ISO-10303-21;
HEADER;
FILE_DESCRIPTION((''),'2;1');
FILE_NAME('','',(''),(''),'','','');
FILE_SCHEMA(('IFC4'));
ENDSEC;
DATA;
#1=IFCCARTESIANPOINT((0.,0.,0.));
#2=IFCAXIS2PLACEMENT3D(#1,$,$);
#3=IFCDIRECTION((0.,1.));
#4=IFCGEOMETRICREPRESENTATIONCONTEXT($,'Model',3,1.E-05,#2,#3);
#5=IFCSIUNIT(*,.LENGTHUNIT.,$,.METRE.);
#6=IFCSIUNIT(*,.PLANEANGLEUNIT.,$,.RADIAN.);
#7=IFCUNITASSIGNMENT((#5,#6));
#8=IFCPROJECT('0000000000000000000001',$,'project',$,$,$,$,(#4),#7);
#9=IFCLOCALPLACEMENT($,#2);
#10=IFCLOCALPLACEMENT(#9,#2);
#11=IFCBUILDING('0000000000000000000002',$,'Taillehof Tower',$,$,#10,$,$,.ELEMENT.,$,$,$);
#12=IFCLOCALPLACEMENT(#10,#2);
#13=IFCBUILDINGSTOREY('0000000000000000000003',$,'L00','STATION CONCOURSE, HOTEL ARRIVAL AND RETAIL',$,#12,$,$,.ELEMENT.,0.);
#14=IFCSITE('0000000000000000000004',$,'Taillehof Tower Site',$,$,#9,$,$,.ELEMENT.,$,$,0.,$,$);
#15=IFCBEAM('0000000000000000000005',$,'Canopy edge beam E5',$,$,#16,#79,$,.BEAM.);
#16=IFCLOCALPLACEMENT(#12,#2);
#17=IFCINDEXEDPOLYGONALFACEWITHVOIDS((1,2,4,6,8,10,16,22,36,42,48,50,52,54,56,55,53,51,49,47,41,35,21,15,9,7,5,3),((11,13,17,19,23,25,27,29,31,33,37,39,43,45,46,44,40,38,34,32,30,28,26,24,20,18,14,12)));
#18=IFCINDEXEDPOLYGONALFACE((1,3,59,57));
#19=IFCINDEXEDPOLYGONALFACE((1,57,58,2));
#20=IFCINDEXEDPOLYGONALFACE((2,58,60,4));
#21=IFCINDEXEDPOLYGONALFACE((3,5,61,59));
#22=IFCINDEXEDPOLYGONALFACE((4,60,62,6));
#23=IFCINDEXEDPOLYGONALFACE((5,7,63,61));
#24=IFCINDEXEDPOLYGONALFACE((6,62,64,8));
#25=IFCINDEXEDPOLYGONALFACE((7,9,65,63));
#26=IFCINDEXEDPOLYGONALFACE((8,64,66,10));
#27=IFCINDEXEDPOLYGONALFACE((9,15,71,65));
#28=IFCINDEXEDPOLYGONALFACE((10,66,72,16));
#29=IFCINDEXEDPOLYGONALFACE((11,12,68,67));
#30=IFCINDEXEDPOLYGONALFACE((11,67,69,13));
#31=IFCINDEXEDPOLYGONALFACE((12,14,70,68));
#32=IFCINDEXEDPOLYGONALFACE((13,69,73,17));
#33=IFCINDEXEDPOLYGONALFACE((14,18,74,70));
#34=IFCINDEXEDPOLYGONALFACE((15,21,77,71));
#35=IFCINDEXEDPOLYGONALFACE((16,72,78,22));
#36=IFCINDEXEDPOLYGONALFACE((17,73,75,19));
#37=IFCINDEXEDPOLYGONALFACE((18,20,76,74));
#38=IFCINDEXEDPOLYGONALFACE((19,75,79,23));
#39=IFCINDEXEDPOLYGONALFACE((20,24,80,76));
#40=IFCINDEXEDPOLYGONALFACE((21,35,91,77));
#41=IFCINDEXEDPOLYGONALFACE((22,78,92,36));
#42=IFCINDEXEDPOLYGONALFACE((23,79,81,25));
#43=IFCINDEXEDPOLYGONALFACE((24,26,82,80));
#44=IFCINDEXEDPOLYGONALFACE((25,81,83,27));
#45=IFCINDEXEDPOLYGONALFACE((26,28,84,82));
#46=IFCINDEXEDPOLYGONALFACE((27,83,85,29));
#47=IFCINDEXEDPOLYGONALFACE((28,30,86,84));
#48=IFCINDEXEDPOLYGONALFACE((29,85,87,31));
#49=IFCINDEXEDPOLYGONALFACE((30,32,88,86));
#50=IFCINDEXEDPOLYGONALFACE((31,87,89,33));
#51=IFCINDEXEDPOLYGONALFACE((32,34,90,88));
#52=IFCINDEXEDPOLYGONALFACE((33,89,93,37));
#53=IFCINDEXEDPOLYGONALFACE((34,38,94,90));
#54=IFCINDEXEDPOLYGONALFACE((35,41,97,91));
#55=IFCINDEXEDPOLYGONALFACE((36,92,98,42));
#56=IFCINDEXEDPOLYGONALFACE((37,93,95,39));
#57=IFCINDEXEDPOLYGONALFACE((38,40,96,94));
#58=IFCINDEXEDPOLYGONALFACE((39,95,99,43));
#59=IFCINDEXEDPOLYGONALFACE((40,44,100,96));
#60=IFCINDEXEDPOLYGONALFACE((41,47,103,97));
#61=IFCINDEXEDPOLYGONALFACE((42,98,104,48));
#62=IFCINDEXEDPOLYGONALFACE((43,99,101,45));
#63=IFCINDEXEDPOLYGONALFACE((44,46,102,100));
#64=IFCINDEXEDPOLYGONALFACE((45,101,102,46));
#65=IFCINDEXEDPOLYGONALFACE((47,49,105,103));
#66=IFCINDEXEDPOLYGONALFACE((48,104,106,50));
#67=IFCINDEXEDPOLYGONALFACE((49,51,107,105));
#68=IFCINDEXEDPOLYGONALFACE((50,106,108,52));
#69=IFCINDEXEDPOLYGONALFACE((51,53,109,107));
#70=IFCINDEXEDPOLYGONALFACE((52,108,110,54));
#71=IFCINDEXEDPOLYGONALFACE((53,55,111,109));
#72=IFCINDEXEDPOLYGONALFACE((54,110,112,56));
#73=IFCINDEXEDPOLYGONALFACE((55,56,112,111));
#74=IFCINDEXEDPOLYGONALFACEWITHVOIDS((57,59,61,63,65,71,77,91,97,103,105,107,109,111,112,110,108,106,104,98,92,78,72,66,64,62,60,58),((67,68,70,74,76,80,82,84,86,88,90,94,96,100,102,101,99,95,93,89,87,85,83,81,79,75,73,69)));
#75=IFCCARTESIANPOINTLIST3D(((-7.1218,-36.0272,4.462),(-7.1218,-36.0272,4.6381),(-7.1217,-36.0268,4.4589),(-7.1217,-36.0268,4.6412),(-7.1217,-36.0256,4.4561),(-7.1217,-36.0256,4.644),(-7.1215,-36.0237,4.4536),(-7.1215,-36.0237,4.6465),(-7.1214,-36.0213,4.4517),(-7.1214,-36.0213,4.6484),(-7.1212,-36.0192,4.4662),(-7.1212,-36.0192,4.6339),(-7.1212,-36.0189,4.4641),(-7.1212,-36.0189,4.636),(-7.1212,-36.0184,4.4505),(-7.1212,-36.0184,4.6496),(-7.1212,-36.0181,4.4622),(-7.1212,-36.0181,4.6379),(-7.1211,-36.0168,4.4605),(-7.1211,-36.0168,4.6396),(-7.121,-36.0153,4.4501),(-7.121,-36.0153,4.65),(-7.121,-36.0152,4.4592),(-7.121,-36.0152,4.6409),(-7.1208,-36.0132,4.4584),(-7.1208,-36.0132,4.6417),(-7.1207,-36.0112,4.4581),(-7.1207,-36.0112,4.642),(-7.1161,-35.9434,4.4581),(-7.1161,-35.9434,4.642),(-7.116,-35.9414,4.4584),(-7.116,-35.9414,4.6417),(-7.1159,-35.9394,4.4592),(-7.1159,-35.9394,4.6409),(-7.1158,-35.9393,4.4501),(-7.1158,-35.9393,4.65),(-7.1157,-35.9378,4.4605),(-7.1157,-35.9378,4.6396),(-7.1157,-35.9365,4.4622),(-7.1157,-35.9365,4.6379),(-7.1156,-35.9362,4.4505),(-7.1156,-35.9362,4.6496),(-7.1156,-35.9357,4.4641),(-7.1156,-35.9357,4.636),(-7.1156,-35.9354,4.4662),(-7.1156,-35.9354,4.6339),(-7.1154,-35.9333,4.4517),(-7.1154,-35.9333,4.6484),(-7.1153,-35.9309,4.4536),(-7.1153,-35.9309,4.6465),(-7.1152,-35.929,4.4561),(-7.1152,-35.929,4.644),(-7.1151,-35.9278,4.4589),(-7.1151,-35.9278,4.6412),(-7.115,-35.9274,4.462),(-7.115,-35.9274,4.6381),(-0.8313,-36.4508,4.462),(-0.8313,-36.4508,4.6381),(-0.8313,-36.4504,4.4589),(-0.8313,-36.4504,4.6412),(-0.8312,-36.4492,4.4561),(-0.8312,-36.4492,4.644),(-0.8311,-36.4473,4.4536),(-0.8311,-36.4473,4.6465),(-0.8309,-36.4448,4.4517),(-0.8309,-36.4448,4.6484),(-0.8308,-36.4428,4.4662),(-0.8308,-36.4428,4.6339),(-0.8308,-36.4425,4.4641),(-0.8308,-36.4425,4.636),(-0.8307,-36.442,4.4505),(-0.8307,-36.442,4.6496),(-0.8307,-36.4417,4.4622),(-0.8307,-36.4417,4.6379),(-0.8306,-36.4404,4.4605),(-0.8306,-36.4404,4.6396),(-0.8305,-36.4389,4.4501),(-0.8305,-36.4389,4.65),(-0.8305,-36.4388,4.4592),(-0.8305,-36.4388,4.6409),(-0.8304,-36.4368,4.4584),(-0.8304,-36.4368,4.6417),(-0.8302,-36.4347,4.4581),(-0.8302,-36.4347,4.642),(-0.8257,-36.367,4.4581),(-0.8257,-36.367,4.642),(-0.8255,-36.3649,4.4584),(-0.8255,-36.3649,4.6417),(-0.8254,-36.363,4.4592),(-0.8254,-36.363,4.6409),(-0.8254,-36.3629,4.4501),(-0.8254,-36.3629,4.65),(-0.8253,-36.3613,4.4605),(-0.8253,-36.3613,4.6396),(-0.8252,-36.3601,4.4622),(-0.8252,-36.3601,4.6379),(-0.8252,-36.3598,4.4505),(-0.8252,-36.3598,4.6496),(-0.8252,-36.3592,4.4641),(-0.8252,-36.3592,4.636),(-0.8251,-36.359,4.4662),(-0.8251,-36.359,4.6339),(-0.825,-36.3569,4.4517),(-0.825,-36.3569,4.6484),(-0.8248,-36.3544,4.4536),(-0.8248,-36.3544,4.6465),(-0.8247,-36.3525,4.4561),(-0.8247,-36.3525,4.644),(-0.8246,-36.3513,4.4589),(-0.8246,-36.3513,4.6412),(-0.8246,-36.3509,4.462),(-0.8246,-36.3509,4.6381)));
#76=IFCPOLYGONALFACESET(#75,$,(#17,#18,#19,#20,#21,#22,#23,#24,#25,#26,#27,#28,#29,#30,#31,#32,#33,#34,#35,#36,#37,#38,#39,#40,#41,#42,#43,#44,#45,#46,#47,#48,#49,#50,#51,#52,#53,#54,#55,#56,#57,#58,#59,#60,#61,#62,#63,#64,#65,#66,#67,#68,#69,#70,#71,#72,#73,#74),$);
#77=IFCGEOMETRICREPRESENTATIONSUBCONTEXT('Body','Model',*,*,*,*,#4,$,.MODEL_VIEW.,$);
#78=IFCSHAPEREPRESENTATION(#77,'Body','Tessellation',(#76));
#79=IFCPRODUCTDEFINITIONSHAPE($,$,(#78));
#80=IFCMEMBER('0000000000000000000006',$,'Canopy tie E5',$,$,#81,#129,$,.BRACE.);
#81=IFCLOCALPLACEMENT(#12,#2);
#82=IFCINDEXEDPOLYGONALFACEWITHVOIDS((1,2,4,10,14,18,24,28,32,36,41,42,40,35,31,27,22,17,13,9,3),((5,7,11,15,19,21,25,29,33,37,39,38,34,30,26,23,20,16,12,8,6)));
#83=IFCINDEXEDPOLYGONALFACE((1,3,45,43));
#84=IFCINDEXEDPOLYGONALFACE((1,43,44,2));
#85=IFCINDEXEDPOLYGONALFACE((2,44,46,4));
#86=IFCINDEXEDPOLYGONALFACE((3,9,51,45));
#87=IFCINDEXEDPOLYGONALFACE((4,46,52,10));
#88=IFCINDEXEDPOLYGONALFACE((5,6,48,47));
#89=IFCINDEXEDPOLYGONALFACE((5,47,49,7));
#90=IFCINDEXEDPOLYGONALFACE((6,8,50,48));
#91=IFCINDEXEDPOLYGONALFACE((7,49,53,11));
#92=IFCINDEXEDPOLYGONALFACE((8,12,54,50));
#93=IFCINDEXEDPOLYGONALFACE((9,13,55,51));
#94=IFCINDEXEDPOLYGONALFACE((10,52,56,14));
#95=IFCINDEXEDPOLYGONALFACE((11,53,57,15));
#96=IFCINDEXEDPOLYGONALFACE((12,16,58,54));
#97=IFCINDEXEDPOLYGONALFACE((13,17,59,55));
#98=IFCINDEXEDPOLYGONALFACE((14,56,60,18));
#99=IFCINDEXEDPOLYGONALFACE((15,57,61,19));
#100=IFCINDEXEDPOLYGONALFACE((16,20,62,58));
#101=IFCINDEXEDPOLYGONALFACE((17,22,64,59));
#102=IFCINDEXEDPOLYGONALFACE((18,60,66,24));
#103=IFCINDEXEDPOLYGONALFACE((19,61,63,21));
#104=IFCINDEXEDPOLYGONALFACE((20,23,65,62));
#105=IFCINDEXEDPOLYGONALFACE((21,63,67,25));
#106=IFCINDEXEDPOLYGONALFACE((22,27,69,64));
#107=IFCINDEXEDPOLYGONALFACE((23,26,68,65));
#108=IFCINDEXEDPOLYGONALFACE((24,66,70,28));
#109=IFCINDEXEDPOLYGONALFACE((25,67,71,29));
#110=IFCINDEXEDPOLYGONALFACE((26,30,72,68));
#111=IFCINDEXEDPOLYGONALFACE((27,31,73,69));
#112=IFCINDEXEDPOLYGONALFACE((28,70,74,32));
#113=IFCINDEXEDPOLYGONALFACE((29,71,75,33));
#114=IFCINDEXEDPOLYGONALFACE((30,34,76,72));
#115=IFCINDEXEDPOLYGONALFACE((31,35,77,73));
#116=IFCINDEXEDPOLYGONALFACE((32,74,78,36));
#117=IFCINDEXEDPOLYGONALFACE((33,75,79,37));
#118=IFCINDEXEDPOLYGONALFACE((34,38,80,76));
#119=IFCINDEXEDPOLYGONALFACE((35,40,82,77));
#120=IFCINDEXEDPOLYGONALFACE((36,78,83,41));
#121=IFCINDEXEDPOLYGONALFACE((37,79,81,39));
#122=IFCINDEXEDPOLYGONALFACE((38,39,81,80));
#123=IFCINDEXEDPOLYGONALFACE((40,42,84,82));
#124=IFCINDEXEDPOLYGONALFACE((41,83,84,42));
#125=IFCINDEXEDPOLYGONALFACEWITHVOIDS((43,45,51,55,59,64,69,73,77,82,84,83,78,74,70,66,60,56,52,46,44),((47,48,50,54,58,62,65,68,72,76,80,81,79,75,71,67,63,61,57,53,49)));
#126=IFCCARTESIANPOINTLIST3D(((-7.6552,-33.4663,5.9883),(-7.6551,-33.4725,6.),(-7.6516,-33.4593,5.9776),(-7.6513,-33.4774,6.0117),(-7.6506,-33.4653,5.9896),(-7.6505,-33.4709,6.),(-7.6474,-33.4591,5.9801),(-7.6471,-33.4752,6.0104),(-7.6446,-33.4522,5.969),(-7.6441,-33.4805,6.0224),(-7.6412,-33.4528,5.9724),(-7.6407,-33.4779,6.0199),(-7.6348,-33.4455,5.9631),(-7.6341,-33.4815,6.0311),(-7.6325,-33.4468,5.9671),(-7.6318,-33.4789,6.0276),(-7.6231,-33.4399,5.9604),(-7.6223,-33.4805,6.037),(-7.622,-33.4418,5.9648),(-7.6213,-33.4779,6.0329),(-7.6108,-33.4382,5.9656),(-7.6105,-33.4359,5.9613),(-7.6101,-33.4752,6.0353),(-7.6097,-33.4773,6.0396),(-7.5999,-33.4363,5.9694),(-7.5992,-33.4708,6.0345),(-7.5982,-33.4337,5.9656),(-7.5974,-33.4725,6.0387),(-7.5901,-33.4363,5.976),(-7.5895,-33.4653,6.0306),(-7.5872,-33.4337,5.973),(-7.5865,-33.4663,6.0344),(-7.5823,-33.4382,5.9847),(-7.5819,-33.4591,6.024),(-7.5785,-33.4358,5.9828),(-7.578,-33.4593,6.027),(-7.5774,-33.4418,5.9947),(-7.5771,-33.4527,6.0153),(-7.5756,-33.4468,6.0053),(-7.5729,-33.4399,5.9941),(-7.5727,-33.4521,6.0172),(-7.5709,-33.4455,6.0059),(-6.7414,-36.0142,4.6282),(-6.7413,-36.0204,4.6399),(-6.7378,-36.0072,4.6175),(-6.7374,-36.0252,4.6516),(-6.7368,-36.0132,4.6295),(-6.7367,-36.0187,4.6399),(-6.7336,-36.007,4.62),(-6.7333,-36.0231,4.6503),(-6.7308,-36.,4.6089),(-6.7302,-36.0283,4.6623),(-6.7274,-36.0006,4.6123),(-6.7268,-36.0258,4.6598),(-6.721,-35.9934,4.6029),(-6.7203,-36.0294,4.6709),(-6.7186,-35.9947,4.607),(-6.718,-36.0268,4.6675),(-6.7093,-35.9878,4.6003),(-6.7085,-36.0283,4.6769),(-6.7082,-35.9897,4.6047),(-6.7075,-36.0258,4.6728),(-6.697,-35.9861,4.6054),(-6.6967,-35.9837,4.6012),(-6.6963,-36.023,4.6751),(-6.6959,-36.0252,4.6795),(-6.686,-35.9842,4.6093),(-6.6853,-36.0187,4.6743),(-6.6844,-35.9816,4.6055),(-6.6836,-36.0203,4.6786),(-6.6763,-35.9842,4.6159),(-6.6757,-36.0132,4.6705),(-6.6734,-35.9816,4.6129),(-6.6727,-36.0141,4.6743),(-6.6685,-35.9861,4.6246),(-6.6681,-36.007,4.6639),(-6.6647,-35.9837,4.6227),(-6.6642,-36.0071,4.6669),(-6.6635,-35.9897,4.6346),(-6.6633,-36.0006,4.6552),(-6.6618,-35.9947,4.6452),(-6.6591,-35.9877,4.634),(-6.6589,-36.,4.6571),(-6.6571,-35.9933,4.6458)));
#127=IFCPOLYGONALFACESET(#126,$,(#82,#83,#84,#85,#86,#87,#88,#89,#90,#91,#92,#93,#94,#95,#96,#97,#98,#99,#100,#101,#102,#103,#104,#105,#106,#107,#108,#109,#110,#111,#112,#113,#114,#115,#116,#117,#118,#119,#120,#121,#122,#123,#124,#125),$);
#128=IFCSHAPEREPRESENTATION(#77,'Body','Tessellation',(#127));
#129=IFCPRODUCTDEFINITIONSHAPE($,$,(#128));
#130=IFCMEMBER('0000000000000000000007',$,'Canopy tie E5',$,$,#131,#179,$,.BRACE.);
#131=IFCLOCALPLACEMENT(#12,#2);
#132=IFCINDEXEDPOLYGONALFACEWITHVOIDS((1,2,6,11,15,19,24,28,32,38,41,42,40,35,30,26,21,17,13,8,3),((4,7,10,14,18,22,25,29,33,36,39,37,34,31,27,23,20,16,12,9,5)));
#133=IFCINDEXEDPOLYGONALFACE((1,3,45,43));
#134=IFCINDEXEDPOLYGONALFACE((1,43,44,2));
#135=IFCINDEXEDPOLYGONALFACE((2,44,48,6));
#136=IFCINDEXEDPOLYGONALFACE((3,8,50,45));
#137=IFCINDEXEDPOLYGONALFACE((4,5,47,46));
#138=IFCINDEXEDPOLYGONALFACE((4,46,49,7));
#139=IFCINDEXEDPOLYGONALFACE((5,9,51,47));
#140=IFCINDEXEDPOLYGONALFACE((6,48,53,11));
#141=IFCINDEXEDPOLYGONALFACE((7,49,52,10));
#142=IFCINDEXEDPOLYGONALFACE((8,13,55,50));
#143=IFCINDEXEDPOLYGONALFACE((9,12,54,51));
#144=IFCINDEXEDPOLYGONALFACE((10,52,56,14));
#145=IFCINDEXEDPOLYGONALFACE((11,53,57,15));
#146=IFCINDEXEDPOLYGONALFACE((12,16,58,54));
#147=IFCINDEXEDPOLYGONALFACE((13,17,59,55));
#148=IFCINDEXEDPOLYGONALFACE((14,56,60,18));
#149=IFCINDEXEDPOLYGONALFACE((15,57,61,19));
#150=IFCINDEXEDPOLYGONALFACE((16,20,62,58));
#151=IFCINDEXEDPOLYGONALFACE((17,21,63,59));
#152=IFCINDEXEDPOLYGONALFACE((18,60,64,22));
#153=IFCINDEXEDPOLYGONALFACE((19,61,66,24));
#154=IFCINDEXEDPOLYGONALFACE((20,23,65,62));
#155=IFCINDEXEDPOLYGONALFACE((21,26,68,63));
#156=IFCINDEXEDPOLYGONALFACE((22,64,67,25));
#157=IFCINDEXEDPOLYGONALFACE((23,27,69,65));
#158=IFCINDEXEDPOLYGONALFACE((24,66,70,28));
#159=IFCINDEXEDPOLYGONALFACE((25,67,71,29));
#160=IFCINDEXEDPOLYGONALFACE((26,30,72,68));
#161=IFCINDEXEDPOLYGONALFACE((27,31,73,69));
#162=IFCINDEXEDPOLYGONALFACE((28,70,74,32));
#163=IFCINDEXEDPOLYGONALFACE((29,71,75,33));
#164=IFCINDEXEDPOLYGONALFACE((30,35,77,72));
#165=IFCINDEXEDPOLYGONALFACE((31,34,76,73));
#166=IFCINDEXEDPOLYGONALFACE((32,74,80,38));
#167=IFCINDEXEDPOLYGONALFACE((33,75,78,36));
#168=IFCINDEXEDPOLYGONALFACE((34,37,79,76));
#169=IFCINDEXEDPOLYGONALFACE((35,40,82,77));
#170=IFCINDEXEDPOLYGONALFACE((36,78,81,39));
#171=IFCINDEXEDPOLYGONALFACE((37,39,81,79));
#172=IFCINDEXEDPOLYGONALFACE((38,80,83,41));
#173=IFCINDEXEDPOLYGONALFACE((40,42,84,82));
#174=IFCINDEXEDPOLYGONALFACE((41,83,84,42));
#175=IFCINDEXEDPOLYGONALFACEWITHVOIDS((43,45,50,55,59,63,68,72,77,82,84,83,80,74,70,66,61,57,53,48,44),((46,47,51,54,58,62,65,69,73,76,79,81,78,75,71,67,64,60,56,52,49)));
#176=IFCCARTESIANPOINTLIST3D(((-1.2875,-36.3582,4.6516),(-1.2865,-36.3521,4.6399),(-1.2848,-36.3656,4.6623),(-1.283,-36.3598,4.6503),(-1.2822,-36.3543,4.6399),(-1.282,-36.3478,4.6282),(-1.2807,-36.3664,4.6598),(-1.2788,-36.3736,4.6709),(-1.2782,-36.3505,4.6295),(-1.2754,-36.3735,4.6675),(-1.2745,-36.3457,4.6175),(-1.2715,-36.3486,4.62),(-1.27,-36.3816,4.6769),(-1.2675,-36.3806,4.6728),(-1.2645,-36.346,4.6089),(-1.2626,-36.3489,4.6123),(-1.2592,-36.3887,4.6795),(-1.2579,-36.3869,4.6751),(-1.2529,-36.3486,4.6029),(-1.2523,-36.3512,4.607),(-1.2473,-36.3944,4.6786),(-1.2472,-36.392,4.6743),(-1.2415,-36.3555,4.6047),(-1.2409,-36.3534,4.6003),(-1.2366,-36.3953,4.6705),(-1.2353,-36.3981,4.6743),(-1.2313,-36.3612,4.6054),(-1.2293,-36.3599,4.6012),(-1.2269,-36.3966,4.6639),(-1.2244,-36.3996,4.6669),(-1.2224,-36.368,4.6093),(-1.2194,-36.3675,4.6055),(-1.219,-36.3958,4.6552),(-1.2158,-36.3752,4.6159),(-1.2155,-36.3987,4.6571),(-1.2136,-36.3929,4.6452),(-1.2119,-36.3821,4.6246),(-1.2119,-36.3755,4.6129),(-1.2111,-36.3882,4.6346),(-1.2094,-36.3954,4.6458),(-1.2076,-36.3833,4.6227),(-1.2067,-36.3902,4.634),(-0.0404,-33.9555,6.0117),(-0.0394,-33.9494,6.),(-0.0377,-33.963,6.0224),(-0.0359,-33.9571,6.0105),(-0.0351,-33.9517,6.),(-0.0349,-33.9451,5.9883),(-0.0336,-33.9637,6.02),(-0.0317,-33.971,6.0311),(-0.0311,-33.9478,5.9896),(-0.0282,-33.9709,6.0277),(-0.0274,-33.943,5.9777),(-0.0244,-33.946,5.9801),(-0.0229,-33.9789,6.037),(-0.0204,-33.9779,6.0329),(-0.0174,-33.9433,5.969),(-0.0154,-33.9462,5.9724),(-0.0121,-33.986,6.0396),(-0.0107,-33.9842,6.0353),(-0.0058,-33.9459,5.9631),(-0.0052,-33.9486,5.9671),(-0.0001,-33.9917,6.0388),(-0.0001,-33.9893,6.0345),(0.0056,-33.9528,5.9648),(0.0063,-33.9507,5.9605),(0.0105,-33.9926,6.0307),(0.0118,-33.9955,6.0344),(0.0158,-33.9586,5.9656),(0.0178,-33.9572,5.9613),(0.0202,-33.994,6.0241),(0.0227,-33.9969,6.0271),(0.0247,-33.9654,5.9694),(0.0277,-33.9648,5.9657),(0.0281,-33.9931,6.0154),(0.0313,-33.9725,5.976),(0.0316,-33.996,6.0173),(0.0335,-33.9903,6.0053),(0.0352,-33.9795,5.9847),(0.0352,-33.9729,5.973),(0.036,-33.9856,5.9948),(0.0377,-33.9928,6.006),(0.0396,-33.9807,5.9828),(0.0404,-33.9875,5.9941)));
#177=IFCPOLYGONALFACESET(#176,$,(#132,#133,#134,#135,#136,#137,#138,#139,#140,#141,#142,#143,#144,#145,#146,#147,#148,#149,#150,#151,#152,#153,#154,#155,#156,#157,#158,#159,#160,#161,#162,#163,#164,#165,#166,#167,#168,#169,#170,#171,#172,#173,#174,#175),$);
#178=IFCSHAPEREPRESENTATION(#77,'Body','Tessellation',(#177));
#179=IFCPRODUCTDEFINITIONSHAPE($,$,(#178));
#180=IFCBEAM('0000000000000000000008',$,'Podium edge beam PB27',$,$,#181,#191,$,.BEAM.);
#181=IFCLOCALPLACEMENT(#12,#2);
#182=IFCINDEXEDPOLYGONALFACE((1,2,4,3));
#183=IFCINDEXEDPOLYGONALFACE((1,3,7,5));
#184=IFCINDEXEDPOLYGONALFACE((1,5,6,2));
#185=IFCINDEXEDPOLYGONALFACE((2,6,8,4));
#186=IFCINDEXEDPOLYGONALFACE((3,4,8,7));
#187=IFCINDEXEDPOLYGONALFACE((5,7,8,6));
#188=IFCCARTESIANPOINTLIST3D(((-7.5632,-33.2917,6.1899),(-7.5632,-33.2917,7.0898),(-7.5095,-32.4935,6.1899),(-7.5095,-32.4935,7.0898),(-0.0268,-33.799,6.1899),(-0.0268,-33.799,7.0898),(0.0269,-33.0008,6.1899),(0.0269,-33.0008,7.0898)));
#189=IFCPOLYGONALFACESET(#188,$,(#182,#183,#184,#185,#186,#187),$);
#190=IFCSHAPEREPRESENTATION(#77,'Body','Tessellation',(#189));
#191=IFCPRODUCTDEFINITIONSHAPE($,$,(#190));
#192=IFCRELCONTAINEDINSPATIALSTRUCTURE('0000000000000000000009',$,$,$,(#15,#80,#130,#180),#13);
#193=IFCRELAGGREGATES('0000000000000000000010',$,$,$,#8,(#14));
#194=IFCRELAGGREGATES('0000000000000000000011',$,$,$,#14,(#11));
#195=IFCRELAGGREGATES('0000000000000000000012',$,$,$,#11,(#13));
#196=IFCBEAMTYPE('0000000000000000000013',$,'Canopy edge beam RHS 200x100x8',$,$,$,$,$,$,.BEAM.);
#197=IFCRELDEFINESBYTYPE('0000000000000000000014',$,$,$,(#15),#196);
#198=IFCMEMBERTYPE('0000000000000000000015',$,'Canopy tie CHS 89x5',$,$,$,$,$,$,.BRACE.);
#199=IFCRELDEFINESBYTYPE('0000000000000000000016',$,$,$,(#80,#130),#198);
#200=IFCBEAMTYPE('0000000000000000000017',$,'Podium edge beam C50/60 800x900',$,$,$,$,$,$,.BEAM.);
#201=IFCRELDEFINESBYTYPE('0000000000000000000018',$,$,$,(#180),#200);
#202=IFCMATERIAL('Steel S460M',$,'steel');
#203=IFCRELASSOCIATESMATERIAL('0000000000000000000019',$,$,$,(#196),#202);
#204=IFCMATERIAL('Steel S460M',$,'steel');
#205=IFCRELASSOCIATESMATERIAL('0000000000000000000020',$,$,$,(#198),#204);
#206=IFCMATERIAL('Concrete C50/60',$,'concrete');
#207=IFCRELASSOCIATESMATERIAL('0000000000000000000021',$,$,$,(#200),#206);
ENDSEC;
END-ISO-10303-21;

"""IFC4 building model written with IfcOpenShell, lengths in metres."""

from ifc_helpers import new_model, si_unit, direction, frame, origin, origin_2d, place, context, subcontext, project, spatial, rectangle, hollow_rectangle, hollow_circle, extrude, material, material_profile, profile_set, type_object, element, save


model = new_model("IFC4")

# Units and contexts
model_context = context("Model", 3, precision=1e-05, world=origin(), true_north=direction((0.0, 1.0)))
body_context = subcontext(model_context, "Body", "Model", "MODEL_VIEW")
ifc_project = project(units=[si_unit("LENGTHUNIT", "METRE"), si_unit("PLANEANGLEUNIT", "RADIAN")], contexts=[model_context])

# Site, building, storey
site_placement = place(None, origin())
site = spatial("IfcSite", under=ifc_project, at=site_placement, Name="Taillehof Tower Site", CompositionType="ELEMENT", RefElevation=0.0)
building_placement = place(site_placement, origin())
building = spatial("IfcBuilding", under=site, at=building_placement, Name="Taillehof Tower", CompositionType="ELEMENT")
storey_placement = place(building_placement, origin())
storey = spatial("IfcBuildingStorey", under=building, at=storey_placement, Name="L00", Description="STATION CONCOURSE, HOTEL ARRIVAL AND RETAIL", CompositionType="ELEMENT", Elevation=0.0)

# Beam
ifc_material_1 = material(Name="Steel S460M", Category="steel")
ifc_material_profile_1 = material_profile(ifc_material_1, hollow_rectangle(XDim=0.1001, YDim=0.2, WallThickness=0.0081, InnerFilletRadius=0.0081, OuterFilletRadius=0.012, at=origin_2d()), Name="RHS 200x100x8")
ifc_profile_set_1 = profile_set([ifc_material_profile_1], Name="Steel S460M")
beam_type_1 = type_object("IfcBeamType", Name="Canopy edge beam RHS 200x100x8", PredefinedType="BEAM", material=ifc_profile_set_1)
beam_1_placement = place(storey_placement, frame((-7.1184, -35.9773, 4.55), z_axis=(0.997741, -0.067185, 0.0), x_axis=(0.067185, 0.997741, 0.0)))
element("IfcBeam", 1, at=beam_1_placement, inside=storey, type_object=beam_type_1, Name="Canopy edge beam E5", PredefinedType="BEAM", context=body_context, shape_type="SweptSolid", body=[
    extrude(hollow_rectangle(XDim=0.1001, YDim=0.2, WallThickness=0.0081, InnerFilletRadius=0.0081, OuterFilletRadius=0.012, at=origin_2d()), origin(), (0.0, 0.0, 1.0), 6.3047),
])

# Members
ifc_material_2 = material(Name="Steel S460M", Category="steel")
ifc_material_profile_2 = material_profile(ifc_material_2, hollow_circle(Radius=0.0444, WallThickness=0.0049, at=origin_2d()), Name="CHS 89x5")
ifc_profile_set_2 = profile_set([ifc_material_profile_2], Name="Steel S460M")
member_type_1 = type_object("IfcMemberType", Name="Canopy tie CHS 89x5", PredefinedType="BRACE", material=ifc_profile_set_2)
member_1_placement = place(storey_placement, frame((-6.6995, -36.0054, 4.6399), z_axis=(-0.301662, 0.841076, 0.448988), x_axis=(-0.941288, -0.337605, 0.0)))
element("IfcMember", 2, at=member_1_placement, inside=storey, type_object=member_type_1, Name="Canopy tie E5", PredefinedType="BRACE", context=body_context, shape_type="SweptSolid", body=[
    extrude(hollow_circle(Radius=0.0444, WallThickness=0.0049, at=origin_2d()), origin(), (0.0, 0.0, 1.0), 3.0293),
])
member_2_placement = place(storey_placement, frame((-1.2471, -36.3726, 4.6399), z_axis=(0.41165, 0.79308, 0.448963), x_axis=(-0.887561, 0.460691, 0.0)))
element("IfcMember", 3, at=member_2_placement, inside=storey, type_object=member_type_1, Name="Canopy tie E5", PredefinedType="BRACE", context=body_context, shape_type="SweptSolid", body=[
    extrude(hollow_circle(Radius=0.0444, WallThickness=0.0049, at=origin_2d()), origin(), (0.0, 0.0, 1.0), 3.0295),
])

# Beam
ifc_material_3 = material(Name="Concrete C50/60", Category="concrete")
ifc_material_profile_3 = material_profile(ifc_material_3, rectangle(XDim=0.8, YDim=0.8999, at=origin_2d()), Name="RC 800x900")
ifc_profile_set_3 = profile_set([ifc_material_profile_3], Name="Concrete C50/60")
beam_type_2 = type_object("IfcBeamType", Name="Podium edge beam C50/60 800x900", PredefinedType="BEAM", material=ifc_profile_set_3)
for number, where, z_axis, x_axis, name in (
    (4, (-7.5364, -32.8926, 6.6399), (0.997742, -0.067165, 0.0), (0.067165, 0.997742, 0.0), "Podium edge beam PB27"),
):
    element("IfcBeam", number, at=place(storey_placement, frame(where, z_axis=z_axis, x_axis=x_axis)), inside=storey, type_object=beam_type_2, Name=name, PredefinedType="BEAM", context=body_context, shape_type="SweptSolid", body=[
        extrude(rectangle(XDim=0.8, YDim=0.8999, at=origin_2d()), origin(), (0.0, 0.0, 1.0), 7.5535),
    ])

save(model, "model.ifc")
